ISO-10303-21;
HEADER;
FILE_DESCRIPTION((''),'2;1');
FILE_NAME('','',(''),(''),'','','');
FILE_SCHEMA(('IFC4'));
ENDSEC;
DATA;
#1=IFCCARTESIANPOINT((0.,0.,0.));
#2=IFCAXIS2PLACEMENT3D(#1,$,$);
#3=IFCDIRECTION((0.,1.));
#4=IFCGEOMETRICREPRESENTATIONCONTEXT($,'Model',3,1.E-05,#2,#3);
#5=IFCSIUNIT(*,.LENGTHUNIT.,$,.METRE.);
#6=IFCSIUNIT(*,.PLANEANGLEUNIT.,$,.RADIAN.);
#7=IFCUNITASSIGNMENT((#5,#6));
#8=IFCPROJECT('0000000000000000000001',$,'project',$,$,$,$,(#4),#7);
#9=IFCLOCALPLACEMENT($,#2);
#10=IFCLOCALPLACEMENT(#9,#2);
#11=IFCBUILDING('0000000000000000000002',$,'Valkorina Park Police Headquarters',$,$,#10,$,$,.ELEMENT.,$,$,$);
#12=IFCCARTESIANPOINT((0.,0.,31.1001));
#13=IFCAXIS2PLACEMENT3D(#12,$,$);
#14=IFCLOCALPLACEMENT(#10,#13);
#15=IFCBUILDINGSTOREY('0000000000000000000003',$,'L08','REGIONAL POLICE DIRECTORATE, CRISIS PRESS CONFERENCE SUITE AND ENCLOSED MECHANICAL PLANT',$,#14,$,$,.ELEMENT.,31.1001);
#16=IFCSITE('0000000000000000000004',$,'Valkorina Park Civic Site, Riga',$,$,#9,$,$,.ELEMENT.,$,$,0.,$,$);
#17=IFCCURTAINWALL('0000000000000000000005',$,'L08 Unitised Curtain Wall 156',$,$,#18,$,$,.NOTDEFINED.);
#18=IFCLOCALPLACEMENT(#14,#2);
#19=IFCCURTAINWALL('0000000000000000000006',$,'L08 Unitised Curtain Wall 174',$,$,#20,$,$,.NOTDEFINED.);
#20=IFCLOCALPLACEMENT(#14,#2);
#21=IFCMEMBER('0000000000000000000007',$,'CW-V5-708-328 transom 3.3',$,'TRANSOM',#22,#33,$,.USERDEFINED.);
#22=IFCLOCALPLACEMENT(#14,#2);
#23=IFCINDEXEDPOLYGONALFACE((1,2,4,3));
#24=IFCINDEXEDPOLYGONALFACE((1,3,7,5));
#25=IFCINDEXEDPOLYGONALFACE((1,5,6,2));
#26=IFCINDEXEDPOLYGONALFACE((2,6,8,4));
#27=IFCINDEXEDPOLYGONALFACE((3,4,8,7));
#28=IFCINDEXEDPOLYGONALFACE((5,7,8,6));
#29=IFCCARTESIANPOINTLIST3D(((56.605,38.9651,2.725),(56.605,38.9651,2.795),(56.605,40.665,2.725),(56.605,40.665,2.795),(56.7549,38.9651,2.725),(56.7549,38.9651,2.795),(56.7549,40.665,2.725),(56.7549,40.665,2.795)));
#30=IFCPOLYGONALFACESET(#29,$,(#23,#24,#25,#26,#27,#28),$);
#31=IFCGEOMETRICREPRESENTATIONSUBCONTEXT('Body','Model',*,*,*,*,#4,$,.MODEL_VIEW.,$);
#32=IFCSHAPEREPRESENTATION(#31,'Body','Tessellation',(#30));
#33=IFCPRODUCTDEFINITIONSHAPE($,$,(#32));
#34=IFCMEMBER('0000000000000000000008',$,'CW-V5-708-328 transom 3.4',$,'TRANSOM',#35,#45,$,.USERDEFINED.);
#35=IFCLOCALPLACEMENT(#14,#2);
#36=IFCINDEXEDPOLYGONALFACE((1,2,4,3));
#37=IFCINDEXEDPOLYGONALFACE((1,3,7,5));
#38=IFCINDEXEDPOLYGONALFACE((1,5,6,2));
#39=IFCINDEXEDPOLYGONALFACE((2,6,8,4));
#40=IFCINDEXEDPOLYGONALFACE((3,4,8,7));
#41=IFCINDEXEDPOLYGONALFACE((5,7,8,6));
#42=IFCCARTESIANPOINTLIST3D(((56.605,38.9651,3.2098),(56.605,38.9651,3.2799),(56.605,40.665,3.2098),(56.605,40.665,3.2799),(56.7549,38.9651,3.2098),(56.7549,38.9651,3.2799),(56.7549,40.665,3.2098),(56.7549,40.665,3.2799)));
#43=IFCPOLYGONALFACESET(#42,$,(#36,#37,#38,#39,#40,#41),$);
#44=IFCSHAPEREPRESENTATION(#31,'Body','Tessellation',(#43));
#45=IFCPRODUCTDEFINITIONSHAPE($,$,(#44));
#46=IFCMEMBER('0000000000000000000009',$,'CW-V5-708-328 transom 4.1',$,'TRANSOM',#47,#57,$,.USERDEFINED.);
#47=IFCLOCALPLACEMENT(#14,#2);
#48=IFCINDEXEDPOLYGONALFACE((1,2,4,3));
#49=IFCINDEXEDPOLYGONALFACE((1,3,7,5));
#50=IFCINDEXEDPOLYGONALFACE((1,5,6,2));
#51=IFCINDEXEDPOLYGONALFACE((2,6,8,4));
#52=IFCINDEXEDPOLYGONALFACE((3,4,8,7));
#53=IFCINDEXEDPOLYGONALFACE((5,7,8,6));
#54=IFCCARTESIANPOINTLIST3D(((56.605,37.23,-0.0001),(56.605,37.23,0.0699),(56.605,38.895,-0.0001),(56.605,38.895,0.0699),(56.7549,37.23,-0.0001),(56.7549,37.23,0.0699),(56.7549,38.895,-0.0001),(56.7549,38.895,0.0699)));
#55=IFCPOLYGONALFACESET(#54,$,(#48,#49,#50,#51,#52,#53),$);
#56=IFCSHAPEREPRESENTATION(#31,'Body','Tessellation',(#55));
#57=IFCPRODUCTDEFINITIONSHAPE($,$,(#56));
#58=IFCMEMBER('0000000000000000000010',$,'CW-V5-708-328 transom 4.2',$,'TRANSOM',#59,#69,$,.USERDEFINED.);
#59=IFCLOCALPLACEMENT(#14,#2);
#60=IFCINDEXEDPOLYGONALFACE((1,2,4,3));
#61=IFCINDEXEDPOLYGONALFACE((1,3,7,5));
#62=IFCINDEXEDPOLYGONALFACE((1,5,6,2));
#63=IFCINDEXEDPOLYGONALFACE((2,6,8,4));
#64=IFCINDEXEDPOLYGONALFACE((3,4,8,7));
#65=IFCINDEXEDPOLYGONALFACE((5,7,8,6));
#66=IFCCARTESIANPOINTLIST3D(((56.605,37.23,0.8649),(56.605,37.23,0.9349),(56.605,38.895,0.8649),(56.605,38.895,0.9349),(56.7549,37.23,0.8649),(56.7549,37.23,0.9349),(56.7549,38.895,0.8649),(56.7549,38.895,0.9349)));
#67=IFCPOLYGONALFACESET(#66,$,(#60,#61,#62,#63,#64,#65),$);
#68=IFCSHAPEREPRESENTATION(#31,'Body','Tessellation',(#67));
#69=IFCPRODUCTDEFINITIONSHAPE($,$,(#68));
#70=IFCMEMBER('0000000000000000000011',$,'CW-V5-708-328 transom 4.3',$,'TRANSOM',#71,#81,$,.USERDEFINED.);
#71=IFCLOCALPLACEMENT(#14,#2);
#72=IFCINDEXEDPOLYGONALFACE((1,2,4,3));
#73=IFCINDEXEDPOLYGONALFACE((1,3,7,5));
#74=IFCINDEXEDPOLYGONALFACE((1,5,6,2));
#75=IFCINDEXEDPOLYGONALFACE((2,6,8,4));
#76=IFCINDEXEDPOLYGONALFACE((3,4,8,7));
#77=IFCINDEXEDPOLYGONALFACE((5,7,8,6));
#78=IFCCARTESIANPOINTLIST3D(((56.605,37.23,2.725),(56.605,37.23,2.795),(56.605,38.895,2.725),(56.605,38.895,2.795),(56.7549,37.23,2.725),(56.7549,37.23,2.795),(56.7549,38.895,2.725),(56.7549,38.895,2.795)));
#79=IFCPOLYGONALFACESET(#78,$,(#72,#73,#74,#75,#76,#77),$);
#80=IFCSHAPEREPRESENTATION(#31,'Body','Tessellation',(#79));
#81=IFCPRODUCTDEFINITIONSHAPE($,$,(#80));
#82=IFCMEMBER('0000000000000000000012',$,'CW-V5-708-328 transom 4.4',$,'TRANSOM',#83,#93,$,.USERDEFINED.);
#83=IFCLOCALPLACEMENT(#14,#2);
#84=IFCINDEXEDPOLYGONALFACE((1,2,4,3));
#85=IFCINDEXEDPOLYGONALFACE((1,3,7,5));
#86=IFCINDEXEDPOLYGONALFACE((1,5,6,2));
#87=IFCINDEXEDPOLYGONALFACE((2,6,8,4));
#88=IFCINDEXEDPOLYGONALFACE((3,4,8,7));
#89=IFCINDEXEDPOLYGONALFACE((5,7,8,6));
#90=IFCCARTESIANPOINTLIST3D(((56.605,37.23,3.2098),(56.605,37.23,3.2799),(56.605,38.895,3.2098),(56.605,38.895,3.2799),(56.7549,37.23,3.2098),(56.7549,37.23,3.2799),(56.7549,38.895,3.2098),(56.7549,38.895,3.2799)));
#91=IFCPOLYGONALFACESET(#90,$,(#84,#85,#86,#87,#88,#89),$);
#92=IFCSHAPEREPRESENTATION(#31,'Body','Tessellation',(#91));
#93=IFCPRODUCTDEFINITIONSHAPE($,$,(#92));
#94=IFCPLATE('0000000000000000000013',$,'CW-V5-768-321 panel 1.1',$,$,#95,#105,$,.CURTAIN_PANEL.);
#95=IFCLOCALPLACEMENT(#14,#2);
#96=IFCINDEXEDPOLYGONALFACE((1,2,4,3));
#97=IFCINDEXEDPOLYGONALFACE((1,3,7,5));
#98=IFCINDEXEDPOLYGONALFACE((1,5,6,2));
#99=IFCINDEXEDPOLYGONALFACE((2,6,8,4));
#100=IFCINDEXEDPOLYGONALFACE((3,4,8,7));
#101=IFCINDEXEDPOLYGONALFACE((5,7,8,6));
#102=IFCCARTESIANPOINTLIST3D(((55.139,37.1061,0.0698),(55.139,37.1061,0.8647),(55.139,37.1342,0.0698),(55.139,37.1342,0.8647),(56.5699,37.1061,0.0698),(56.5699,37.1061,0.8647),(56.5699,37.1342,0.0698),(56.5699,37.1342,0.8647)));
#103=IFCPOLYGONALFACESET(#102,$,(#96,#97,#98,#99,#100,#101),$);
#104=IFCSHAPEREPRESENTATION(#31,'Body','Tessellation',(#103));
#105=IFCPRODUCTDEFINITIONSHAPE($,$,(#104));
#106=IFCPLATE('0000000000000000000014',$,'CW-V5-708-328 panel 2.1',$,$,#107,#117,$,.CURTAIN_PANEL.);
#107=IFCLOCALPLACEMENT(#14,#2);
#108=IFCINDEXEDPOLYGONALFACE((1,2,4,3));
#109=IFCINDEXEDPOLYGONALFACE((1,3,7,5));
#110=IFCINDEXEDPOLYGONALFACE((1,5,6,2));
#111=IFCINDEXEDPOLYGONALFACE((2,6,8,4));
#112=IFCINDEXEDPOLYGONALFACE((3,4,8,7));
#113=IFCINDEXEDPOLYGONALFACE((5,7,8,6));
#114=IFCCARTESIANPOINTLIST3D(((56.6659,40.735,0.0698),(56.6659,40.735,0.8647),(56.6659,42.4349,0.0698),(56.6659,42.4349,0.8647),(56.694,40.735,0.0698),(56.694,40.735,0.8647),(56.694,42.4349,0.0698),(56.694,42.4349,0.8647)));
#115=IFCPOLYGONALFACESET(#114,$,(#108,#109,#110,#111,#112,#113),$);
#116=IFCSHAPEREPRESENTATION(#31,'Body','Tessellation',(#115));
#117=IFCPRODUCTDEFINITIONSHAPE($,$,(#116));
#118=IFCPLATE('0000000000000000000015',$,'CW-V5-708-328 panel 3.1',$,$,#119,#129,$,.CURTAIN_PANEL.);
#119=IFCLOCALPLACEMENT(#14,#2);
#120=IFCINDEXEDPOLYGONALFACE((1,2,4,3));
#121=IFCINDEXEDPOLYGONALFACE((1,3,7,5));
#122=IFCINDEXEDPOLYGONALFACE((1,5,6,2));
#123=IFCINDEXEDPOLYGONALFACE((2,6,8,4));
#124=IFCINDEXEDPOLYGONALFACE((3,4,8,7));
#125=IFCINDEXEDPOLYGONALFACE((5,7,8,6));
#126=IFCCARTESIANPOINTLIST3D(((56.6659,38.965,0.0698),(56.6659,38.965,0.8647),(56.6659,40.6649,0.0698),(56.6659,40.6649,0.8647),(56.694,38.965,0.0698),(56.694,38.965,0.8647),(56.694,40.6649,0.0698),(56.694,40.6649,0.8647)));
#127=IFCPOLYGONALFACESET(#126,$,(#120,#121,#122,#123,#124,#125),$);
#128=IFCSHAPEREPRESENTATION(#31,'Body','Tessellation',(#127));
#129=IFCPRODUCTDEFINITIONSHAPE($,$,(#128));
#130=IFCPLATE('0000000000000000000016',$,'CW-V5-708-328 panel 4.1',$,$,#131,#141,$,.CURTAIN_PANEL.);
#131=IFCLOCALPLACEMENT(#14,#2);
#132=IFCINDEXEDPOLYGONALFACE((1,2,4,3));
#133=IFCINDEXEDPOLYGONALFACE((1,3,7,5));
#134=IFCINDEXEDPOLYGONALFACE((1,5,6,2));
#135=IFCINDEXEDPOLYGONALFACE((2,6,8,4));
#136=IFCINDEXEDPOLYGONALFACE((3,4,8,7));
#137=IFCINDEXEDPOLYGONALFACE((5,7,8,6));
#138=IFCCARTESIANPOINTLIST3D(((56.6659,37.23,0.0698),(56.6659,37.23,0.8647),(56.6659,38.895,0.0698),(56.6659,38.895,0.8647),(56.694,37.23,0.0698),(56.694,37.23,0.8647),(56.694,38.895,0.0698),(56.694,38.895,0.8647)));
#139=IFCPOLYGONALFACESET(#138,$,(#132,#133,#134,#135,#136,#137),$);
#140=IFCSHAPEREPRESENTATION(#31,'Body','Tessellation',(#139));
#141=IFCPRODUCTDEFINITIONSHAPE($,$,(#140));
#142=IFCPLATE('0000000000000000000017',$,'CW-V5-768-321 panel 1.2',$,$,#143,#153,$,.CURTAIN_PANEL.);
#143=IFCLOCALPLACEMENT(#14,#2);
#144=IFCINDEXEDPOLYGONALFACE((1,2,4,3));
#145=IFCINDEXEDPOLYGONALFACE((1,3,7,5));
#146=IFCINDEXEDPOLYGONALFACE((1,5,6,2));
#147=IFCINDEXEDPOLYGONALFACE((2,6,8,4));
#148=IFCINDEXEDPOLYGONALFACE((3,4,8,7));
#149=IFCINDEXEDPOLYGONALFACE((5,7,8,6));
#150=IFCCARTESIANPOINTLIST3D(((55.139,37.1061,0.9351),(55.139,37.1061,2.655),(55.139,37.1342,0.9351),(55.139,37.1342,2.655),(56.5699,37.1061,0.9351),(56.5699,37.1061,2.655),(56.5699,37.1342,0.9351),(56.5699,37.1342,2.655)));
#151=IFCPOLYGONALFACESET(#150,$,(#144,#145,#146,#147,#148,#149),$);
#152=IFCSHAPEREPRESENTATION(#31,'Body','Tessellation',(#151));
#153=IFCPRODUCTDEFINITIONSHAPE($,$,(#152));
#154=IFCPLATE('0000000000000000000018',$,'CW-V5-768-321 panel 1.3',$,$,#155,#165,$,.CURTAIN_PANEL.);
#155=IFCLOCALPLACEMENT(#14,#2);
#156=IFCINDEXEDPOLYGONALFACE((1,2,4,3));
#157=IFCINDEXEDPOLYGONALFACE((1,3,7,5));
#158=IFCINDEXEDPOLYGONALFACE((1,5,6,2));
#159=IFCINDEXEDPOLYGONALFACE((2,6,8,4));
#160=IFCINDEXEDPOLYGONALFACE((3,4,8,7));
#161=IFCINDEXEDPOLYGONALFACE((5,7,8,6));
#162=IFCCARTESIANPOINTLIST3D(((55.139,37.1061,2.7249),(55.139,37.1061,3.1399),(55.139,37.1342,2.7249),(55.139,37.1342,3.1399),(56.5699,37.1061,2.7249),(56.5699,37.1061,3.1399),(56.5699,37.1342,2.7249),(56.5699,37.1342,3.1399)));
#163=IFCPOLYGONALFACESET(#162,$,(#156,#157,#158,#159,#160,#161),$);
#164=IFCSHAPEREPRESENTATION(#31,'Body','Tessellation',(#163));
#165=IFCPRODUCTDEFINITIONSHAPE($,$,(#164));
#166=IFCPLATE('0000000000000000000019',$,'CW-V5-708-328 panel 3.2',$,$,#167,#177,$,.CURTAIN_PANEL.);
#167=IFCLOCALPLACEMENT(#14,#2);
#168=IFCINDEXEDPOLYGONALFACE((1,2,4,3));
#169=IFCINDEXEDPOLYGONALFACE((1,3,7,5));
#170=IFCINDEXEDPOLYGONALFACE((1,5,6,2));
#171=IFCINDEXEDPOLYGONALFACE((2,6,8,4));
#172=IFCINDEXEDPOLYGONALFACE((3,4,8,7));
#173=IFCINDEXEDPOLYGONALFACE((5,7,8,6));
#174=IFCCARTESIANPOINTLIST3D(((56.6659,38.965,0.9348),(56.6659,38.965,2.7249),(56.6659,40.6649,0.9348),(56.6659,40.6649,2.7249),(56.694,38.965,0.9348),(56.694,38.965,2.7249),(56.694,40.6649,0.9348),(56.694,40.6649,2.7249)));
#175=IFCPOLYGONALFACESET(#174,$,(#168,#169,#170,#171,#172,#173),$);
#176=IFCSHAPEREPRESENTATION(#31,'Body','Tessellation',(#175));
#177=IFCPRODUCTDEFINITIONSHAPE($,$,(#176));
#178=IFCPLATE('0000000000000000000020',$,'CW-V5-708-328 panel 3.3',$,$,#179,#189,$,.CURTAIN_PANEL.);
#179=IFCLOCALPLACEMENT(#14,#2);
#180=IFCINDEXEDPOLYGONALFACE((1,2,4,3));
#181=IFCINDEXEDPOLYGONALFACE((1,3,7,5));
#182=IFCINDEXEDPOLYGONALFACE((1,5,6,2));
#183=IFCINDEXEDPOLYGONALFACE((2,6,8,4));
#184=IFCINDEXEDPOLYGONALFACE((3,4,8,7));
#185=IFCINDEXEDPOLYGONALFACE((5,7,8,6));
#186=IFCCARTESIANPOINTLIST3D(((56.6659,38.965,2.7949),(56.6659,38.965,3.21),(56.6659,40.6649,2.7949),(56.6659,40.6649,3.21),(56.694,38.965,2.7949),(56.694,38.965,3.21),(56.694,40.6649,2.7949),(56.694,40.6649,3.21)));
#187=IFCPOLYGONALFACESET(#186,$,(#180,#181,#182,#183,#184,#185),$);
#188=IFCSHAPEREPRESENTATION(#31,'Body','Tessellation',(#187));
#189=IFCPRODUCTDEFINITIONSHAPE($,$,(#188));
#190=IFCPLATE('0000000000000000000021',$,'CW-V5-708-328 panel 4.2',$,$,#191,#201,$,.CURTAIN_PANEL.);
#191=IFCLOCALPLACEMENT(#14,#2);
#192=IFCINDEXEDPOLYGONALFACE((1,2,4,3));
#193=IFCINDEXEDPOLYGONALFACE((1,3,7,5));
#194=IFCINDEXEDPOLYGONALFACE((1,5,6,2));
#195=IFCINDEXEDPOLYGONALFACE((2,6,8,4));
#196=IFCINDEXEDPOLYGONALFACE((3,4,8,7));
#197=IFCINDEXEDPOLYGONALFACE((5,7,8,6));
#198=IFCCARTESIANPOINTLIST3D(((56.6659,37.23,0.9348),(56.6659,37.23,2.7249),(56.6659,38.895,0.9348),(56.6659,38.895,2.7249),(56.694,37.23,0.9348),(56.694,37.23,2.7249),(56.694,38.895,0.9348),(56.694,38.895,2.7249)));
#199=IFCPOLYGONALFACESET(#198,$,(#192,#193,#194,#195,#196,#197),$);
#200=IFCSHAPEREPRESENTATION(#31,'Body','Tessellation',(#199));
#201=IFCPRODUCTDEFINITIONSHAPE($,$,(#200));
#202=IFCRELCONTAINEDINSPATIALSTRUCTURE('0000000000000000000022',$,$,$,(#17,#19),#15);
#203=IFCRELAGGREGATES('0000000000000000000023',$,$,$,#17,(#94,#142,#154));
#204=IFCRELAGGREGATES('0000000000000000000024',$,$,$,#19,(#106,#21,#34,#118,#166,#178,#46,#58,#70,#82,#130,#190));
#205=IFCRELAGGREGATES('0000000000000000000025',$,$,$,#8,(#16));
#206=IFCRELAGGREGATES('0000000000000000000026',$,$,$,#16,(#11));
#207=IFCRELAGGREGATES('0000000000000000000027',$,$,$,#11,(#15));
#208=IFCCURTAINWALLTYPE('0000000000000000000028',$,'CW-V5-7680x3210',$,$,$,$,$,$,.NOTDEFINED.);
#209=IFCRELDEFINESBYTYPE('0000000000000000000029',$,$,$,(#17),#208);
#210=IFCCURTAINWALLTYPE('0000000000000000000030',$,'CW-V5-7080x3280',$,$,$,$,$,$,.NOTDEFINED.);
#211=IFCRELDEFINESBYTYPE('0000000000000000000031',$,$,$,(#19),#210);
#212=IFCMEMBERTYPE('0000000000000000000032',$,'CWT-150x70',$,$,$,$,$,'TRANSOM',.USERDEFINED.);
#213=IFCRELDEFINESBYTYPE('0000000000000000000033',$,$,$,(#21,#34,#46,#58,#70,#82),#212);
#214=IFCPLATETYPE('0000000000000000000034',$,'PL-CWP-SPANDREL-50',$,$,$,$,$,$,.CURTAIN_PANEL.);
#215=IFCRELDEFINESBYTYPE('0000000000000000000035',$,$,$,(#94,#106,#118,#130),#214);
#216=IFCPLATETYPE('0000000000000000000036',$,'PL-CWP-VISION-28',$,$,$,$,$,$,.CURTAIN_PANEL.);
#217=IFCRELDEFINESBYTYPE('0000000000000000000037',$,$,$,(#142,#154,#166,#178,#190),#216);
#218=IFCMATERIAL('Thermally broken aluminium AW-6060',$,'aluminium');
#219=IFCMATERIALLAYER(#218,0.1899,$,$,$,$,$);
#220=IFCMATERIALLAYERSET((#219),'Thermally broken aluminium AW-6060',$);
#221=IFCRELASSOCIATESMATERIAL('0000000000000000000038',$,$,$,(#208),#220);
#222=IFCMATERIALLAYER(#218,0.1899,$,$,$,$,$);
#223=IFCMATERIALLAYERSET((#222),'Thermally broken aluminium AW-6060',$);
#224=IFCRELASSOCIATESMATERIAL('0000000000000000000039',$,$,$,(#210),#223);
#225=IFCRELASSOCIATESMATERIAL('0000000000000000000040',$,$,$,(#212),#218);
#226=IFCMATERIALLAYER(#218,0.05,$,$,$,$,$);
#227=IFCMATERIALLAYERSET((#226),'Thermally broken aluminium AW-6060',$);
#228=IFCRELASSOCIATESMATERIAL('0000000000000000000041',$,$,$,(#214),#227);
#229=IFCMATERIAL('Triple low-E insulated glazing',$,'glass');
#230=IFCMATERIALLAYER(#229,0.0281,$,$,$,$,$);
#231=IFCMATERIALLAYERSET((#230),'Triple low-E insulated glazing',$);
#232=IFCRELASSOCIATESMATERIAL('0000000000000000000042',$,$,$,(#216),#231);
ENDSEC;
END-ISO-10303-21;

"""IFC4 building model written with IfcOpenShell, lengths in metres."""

from ifc_helpers import new_model, si_unit, direction, frame, origin, origin_2d, place, context, subcontext, project, spatial, rectangle, extrude, material, layer, layer_set, material_profile, profile_set, type_object, element, aggregate, save


model = new_model("IFC4")

# Units and contexts
model_context = context("Model", 3, precision=1e-05, world=origin(), true_north=direction((0.0, 1.0)))
body_context = subcontext(model_context, "Body", "Model", "MODEL_VIEW")
ifc_project = project(units=[si_unit("LENGTHUNIT", "METRE"), si_unit("PLANEANGLEUNIT", "RADIAN")], contexts=[model_context])

# Site, building, storey
site_placement = place(None, origin())
site = spatial("IfcSite", under=ifc_project, at=site_placement, Name="Valkorina Park Civic Site, Riga", CompositionType="ELEMENT", RefElevation=0.0)
building_placement = place(site_placement, origin())
building = spatial("IfcBuilding", under=site, at=building_placement, Name="Valkorina Park Police Headquarters", CompositionType="ELEMENT")
storey_placement = place(building_placement, frame((0.0, 0.0, 31.1001)))
storey = spatial("IfcBuildingStorey", under=building, at=storey_placement, Name="L08", Description="REGIONAL POLICE DIRECTORATE, CRISIS PRESS CONFERENCE SUITE AND ENCLOSED MECHANICAL PLANT", CompositionType="ELEMENT", Elevation=31.1001)

# Curtain walls
ifc_material_1 = material(Name="Thermally broken aluminium AW-6060", Category="aluminium")
ifc_layer_1 = layer(ifc_material_1, 0.1899)
ifc_layer_set_1 = layer_set([ifc_layer_1], Name="Thermally broken aluminium AW-6060")
curtain_wall_type_1 = type_object("IfcCurtainWallType", Name="CW-V5-7680x3210", PredefinedType="NOTDEFINED", material=ifc_layer_set_1)
curtain_wall_1_placement = place(storey_placement, origin())
curtain_wall_1 = element("IfcCurtainWall", 1, at=curtain_wall_1_placement, inside=storey, type_object=curtain_wall_type_1, Name="L08 Unitised Curtain Wall 156", PredefinedType="NOTDEFINED")
ifc_layer_2 = layer(ifc_material_1, 0.1899)
ifc_layer_set_2 = layer_set([ifc_layer_2], Name="Thermally broken aluminium AW-6060")
curtain_wall_type_2 = type_object("IfcCurtainWallType", Name="CW-V5-7080x3280", PredefinedType="NOTDEFINED", material=ifc_layer_set_2)
curtain_wall_2_placement = place(storey_placement, origin())
curtain_wall_2 = element("IfcCurtainWall", 2, at=curtain_wall_2_placement, inside=storey, type_object=curtain_wall_type_2, Name="L08 Unitised Curtain Wall 174", PredefinedType="NOTDEFINED")

# Members
ifc_material_profile_1 = material_profile(ifc_material_1, rectangle(XDim=0.1499, YDim=0.0701, at=origin_2d()), Name="CWT-02 150x70")
ifc_profile_set_1 = profile_set([ifc_material_profile_1], Name="Thermally broken aluminium AW-6060")
member_type_1 = type_object("IfcMemberType", Name="CWT-150x70", ElementType="TRANSOM", PredefinedType="USERDEFINED", material=ifc_profile_set_1)
member_1_placement = place(storey_placement, frame((56.6799, 40.665, 2.76), z_axis=(0.0, -1.0, 0.0), x_axis=(1.0, 0.0, 0.0)))
member_1 = element("IfcMember", 3, at=member_1_placement, type_object=member_type_1, Name="CW-V5-708-328 transom 3.3", ObjectType="TRANSOM", PredefinedType="USERDEFINED", context=body_context, shape_type="SweptSolid", body=[
    extrude(rectangle(XDim=0.1499, YDim=0.0701, at=origin_2d()), origin(), (0.0, 0.0, 1.0), 1.7),
])
member_2_placement = place(storey_placement, frame((56.6799, 40.665, 3.2449), z_axis=(0.0, -1.0, 0.0), x_axis=(1.0, 0.0, 0.0)))
member_2 = element("IfcMember", 4, at=member_2_placement, type_object=member_type_1, Name="CW-V5-708-328 transom 3.4", ObjectType="TRANSOM", PredefinedType="USERDEFINED", context=body_context, shape_type="SweptSolid", body=[
    extrude(rectangle(XDim=0.1499, YDim=0.0701, at=origin_2d()), origin(), (0.0, 0.0, 1.0), 1.7),
])
member_3_placement = place(storey_placement, frame((56.6799, 38.895, 0.0349), z_axis=(0.0, -1.0, 0.0), x_axis=(1.0, 0.0, 0.0)))
member_3 = element("IfcMember", 5, at=member_3_placement, type_object=member_type_1, Name="CW-V5-708-328 transom 4.1", ObjectType="TRANSOM", PredefinedType="USERDEFINED", context=body_context, shape_type="SweptSolid", body=[
    extrude(rectangle(XDim=0.1499, YDim=0.0701, at=origin_2d()), origin(), (0.0, 0.0, 1.0), 1.665),
])
member_4_placement = place(storey_placement, frame((56.6799, 38.895, 0.8999), z_axis=(0.0, -1.0, 0.0), x_axis=(1.0, 0.0, 0.0)))
member_4 = element("IfcMember", 6, at=member_4_placement, type_object=member_type_1, Name="CW-V5-708-328 transom 4.2", ObjectType="TRANSOM", PredefinedType="USERDEFINED", context=body_context, shape_type="SweptSolid", body=[
    extrude(rectangle(XDim=0.1499, YDim=0.0701, at=origin_2d()), origin(), (0.0, 0.0, 1.0), 1.665),
])
member_5_placement = place(storey_placement, frame((56.6799, 38.895, 2.76), z_axis=(0.0, -1.0, 0.0), x_axis=(1.0, 0.0, 0.0)))
member_5 = element("IfcMember", 7, at=member_5_placement, type_object=member_type_1, Name="CW-V5-708-328 transom 4.3", ObjectType="TRANSOM", PredefinedType="USERDEFINED", context=body_context, shape_type="SweptSolid", body=[
    extrude(rectangle(XDim=0.1499, YDim=0.0701, at=origin_2d()), origin(), (0.0, 0.0, 1.0), 1.665),
])
member_6_placement = place(storey_placement, frame((56.6799, 38.895, 3.2449), z_axis=(0.0, -1.0, 0.0), x_axis=(1.0, 0.0, 0.0)))
member_6 = element("IfcMember", 8, at=member_6_placement, type_object=member_type_1, Name="CW-V5-708-328 transom 4.4", ObjectType="TRANSOM", PredefinedType="USERDEFINED", context=body_context, shape_type="SweptSolid", body=[
    extrude(rectangle(XDim=0.1499, YDim=0.0701, at=origin_2d()), origin(), (0.0, 0.0, 1.0), 1.665),
])

# Plates
ifc_layer_3 = layer(ifc_material_1, 0.05)
ifc_layer_set_3 = layer_set([ifc_layer_3], Name="Thermally broken aluminium AW-6060")
plate_type_1 = type_object("IfcPlateType", Name="PL-CWP-SPANDREL-50", PredefinedType="CURTAIN_PANEL", material=ifc_layer_set_3)
plate_1_placement = place(storey_placement, frame((55.8545, 37.1201, 0.0698), z_axis=(0.0, 0.0, 1.0), x_axis=(-1.0, 0.0, 0.0)))
plate_1 = element("IfcPlate", 9, at=plate_1_placement, type_object=plate_type_1, Name="CW-V5-768-321 panel 1.1", PredefinedType="CURTAIN_PANEL", context=body_context, shape_type="SweptSolid", body=[
    extrude(rectangle(XDim=1.4309, YDim=0.0281, at=origin_2d()), origin(), (0.0, 0.0, 1.0), 0.7949),
])
plate_2_placement = place(storey_placement, frame((56.6799, 41.585, 0.0698), z_axis=(0.0, 0.0, 1.0), x_axis=(0.0, -1.0, 0.0)))
plate_2 = element("IfcPlate", 10, at=plate_2_placement, type_object=plate_type_1, Name="CW-V5-708-328 panel 2.1", PredefinedType="CURTAIN_PANEL", context=body_context, shape_type="SweptSolid", body=[
    extrude(rectangle(XDim=1.7, YDim=0.0281, at=origin_2d()), origin(), (0.0, 0.0, 1.0), 0.7949),
])
plate_3_placement = place(storey_placement, frame((56.6799, 39.8149, 0.0698), z_axis=(0.0, 0.0, 1.0), x_axis=(0.0, -1.0, 0.0)))
plate_3 = element("IfcPlate", 11, at=plate_3_placement, type_object=plate_type_1, Name="CW-V5-708-328 panel 3.1", PredefinedType="CURTAIN_PANEL", context=body_context, shape_type="SweptSolid", body=[
    extrude(rectangle(XDim=1.7, YDim=0.0281, at=origin_2d()), origin(), (0.0, 0.0, 1.0), 0.7949),
])
plate_4_placement = place(storey_placement, frame((56.6799, 38.0625, 0.0698), z_axis=(0.0, 0.0, 1.0), x_axis=(0.0, -1.0, 0.0)))
plate_4 = element("IfcPlate", 12, at=plate_4_placement, type_object=plate_type_1, Name="CW-V5-708-328 panel 4.1", PredefinedType="CURTAIN_PANEL", context=body_context, shape_type="SweptSolid", body=[
    extrude(rectangle(XDim=1.665, YDim=0.0281, at=origin_2d()), origin(), (0.0, 0.0, 1.0), 0.7949),
])
ifc_material_2 = material(Name="Triple low-E insulated glazing", Category="glass")
ifc_layer_4 = layer(ifc_material_2, 0.0281)
ifc_layer_set_4 = layer_set([ifc_layer_4], Name="Triple low-E insulated glazing")
plate_type_2 = type_object("IfcPlateType", Name="PL-CWP-VISION-28", PredefinedType="CURTAIN_PANEL", material=ifc_layer_set_4)
plate_5_placement = place(storey_placement, frame((55.8545, 37.1201, 0.9351), z_axis=(0.0, 0.0, 1.0), x_axis=(-1.0, 0.0, 0.0)))
plate_5 = element("IfcPlate", 13, at=plate_5_placement, type_object=plate_type_2, Name="CW-V5-768-321 panel 1.2", PredefinedType="CURTAIN_PANEL", context=body_context, shape_type="SweptSolid", body=[
    extrude(rectangle(XDim=1.4309, YDim=0.0281, at=origin_2d()), origin(), (0.0, 0.0, 1.0), 1.72),
])
plate_6_placement = place(storey_placement, frame((55.8545, 37.1201, 2.7249), z_axis=(0.0, 0.0, 1.0), x_axis=(-1.0, 0.0, 0.0)))
plate_6 = element("IfcPlate", 14, at=plate_6_placement, type_object=plate_type_2, Name="CW-V5-768-321 panel 1.3", PredefinedType="CURTAIN_PANEL", context=body_context, shape_type="SweptSolid", body=[
    extrude(rectangle(XDim=1.4309, YDim=0.0281, at=origin_2d()), origin(), (0.0, 0.0, 1.0), 0.415),
])
aggregate(curtain_wall_1, [plate_1, plate_5, plate_6])
plate_7_placement = place(storey_placement, frame((56.6799, 39.8149, 0.9348), z_axis=(0.0, 0.0, 1.0), x_axis=(0.0, -1.0, 0.0)))
plate_7 = element("IfcPlate", 15, at=plate_7_placement, type_object=plate_type_2, Name="CW-V5-708-328 panel 3.2", PredefinedType="CURTAIN_PANEL", context=body_context, shape_type="SweptSolid", body=[
    extrude(rectangle(XDim=1.7, YDim=0.0281, at=origin_2d()), origin(), (0.0, 0.0, 1.0), 1.79),
])
plate_8_placement = place(storey_placement, frame((56.6799, 39.8149, 2.7949), z_axis=(0.0, 0.0, 1.0), x_axis=(0.0, -1.0, 0.0)))
plate_8 = element("IfcPlate", 16, at=plate_8_placement, type_object=plate_type_2, Name="CW-V5-708-328 panel 3.3", PredefinedType="CURTAIN_PANEL", context=body_context, shape_type="SweptSolid", body=[
    extrude(rectangle(XDim=1.7, YDim=0.0281, at=origin_2d()), origin(), (0.0, 0.0, 1.0), 0.415),
])
plate_9_placement = place(storey_placement, frame((56.6799, 38.0625, 0.9348), z_axis=(0.0, 0.0, 1.0), x_axis=(0.0, -1.0, 0.0)))
plate_9 = element("IfcPlate", 17, at=plate_9_placement, type_object=plate_type_2, Name="CW-V5-708-328 panel 4.2", PredefinedType="CURTAIN_PANEL", context=body_context, shape_type="SweptSolid", body=[
    extrude(rectangle(XDim=1.665, YDim=0.0281, at=origin_2d()), origin(), (0.0, 0.0, 1.0), 1.79),
])
aggregate(curtain_wall_2, [plate_2, member_1, member_2, plate_3, plate_7, plate_8, member_3, member_4, member_5, member_6, plate_4, plate_9])

save(model, "model.ifc")
